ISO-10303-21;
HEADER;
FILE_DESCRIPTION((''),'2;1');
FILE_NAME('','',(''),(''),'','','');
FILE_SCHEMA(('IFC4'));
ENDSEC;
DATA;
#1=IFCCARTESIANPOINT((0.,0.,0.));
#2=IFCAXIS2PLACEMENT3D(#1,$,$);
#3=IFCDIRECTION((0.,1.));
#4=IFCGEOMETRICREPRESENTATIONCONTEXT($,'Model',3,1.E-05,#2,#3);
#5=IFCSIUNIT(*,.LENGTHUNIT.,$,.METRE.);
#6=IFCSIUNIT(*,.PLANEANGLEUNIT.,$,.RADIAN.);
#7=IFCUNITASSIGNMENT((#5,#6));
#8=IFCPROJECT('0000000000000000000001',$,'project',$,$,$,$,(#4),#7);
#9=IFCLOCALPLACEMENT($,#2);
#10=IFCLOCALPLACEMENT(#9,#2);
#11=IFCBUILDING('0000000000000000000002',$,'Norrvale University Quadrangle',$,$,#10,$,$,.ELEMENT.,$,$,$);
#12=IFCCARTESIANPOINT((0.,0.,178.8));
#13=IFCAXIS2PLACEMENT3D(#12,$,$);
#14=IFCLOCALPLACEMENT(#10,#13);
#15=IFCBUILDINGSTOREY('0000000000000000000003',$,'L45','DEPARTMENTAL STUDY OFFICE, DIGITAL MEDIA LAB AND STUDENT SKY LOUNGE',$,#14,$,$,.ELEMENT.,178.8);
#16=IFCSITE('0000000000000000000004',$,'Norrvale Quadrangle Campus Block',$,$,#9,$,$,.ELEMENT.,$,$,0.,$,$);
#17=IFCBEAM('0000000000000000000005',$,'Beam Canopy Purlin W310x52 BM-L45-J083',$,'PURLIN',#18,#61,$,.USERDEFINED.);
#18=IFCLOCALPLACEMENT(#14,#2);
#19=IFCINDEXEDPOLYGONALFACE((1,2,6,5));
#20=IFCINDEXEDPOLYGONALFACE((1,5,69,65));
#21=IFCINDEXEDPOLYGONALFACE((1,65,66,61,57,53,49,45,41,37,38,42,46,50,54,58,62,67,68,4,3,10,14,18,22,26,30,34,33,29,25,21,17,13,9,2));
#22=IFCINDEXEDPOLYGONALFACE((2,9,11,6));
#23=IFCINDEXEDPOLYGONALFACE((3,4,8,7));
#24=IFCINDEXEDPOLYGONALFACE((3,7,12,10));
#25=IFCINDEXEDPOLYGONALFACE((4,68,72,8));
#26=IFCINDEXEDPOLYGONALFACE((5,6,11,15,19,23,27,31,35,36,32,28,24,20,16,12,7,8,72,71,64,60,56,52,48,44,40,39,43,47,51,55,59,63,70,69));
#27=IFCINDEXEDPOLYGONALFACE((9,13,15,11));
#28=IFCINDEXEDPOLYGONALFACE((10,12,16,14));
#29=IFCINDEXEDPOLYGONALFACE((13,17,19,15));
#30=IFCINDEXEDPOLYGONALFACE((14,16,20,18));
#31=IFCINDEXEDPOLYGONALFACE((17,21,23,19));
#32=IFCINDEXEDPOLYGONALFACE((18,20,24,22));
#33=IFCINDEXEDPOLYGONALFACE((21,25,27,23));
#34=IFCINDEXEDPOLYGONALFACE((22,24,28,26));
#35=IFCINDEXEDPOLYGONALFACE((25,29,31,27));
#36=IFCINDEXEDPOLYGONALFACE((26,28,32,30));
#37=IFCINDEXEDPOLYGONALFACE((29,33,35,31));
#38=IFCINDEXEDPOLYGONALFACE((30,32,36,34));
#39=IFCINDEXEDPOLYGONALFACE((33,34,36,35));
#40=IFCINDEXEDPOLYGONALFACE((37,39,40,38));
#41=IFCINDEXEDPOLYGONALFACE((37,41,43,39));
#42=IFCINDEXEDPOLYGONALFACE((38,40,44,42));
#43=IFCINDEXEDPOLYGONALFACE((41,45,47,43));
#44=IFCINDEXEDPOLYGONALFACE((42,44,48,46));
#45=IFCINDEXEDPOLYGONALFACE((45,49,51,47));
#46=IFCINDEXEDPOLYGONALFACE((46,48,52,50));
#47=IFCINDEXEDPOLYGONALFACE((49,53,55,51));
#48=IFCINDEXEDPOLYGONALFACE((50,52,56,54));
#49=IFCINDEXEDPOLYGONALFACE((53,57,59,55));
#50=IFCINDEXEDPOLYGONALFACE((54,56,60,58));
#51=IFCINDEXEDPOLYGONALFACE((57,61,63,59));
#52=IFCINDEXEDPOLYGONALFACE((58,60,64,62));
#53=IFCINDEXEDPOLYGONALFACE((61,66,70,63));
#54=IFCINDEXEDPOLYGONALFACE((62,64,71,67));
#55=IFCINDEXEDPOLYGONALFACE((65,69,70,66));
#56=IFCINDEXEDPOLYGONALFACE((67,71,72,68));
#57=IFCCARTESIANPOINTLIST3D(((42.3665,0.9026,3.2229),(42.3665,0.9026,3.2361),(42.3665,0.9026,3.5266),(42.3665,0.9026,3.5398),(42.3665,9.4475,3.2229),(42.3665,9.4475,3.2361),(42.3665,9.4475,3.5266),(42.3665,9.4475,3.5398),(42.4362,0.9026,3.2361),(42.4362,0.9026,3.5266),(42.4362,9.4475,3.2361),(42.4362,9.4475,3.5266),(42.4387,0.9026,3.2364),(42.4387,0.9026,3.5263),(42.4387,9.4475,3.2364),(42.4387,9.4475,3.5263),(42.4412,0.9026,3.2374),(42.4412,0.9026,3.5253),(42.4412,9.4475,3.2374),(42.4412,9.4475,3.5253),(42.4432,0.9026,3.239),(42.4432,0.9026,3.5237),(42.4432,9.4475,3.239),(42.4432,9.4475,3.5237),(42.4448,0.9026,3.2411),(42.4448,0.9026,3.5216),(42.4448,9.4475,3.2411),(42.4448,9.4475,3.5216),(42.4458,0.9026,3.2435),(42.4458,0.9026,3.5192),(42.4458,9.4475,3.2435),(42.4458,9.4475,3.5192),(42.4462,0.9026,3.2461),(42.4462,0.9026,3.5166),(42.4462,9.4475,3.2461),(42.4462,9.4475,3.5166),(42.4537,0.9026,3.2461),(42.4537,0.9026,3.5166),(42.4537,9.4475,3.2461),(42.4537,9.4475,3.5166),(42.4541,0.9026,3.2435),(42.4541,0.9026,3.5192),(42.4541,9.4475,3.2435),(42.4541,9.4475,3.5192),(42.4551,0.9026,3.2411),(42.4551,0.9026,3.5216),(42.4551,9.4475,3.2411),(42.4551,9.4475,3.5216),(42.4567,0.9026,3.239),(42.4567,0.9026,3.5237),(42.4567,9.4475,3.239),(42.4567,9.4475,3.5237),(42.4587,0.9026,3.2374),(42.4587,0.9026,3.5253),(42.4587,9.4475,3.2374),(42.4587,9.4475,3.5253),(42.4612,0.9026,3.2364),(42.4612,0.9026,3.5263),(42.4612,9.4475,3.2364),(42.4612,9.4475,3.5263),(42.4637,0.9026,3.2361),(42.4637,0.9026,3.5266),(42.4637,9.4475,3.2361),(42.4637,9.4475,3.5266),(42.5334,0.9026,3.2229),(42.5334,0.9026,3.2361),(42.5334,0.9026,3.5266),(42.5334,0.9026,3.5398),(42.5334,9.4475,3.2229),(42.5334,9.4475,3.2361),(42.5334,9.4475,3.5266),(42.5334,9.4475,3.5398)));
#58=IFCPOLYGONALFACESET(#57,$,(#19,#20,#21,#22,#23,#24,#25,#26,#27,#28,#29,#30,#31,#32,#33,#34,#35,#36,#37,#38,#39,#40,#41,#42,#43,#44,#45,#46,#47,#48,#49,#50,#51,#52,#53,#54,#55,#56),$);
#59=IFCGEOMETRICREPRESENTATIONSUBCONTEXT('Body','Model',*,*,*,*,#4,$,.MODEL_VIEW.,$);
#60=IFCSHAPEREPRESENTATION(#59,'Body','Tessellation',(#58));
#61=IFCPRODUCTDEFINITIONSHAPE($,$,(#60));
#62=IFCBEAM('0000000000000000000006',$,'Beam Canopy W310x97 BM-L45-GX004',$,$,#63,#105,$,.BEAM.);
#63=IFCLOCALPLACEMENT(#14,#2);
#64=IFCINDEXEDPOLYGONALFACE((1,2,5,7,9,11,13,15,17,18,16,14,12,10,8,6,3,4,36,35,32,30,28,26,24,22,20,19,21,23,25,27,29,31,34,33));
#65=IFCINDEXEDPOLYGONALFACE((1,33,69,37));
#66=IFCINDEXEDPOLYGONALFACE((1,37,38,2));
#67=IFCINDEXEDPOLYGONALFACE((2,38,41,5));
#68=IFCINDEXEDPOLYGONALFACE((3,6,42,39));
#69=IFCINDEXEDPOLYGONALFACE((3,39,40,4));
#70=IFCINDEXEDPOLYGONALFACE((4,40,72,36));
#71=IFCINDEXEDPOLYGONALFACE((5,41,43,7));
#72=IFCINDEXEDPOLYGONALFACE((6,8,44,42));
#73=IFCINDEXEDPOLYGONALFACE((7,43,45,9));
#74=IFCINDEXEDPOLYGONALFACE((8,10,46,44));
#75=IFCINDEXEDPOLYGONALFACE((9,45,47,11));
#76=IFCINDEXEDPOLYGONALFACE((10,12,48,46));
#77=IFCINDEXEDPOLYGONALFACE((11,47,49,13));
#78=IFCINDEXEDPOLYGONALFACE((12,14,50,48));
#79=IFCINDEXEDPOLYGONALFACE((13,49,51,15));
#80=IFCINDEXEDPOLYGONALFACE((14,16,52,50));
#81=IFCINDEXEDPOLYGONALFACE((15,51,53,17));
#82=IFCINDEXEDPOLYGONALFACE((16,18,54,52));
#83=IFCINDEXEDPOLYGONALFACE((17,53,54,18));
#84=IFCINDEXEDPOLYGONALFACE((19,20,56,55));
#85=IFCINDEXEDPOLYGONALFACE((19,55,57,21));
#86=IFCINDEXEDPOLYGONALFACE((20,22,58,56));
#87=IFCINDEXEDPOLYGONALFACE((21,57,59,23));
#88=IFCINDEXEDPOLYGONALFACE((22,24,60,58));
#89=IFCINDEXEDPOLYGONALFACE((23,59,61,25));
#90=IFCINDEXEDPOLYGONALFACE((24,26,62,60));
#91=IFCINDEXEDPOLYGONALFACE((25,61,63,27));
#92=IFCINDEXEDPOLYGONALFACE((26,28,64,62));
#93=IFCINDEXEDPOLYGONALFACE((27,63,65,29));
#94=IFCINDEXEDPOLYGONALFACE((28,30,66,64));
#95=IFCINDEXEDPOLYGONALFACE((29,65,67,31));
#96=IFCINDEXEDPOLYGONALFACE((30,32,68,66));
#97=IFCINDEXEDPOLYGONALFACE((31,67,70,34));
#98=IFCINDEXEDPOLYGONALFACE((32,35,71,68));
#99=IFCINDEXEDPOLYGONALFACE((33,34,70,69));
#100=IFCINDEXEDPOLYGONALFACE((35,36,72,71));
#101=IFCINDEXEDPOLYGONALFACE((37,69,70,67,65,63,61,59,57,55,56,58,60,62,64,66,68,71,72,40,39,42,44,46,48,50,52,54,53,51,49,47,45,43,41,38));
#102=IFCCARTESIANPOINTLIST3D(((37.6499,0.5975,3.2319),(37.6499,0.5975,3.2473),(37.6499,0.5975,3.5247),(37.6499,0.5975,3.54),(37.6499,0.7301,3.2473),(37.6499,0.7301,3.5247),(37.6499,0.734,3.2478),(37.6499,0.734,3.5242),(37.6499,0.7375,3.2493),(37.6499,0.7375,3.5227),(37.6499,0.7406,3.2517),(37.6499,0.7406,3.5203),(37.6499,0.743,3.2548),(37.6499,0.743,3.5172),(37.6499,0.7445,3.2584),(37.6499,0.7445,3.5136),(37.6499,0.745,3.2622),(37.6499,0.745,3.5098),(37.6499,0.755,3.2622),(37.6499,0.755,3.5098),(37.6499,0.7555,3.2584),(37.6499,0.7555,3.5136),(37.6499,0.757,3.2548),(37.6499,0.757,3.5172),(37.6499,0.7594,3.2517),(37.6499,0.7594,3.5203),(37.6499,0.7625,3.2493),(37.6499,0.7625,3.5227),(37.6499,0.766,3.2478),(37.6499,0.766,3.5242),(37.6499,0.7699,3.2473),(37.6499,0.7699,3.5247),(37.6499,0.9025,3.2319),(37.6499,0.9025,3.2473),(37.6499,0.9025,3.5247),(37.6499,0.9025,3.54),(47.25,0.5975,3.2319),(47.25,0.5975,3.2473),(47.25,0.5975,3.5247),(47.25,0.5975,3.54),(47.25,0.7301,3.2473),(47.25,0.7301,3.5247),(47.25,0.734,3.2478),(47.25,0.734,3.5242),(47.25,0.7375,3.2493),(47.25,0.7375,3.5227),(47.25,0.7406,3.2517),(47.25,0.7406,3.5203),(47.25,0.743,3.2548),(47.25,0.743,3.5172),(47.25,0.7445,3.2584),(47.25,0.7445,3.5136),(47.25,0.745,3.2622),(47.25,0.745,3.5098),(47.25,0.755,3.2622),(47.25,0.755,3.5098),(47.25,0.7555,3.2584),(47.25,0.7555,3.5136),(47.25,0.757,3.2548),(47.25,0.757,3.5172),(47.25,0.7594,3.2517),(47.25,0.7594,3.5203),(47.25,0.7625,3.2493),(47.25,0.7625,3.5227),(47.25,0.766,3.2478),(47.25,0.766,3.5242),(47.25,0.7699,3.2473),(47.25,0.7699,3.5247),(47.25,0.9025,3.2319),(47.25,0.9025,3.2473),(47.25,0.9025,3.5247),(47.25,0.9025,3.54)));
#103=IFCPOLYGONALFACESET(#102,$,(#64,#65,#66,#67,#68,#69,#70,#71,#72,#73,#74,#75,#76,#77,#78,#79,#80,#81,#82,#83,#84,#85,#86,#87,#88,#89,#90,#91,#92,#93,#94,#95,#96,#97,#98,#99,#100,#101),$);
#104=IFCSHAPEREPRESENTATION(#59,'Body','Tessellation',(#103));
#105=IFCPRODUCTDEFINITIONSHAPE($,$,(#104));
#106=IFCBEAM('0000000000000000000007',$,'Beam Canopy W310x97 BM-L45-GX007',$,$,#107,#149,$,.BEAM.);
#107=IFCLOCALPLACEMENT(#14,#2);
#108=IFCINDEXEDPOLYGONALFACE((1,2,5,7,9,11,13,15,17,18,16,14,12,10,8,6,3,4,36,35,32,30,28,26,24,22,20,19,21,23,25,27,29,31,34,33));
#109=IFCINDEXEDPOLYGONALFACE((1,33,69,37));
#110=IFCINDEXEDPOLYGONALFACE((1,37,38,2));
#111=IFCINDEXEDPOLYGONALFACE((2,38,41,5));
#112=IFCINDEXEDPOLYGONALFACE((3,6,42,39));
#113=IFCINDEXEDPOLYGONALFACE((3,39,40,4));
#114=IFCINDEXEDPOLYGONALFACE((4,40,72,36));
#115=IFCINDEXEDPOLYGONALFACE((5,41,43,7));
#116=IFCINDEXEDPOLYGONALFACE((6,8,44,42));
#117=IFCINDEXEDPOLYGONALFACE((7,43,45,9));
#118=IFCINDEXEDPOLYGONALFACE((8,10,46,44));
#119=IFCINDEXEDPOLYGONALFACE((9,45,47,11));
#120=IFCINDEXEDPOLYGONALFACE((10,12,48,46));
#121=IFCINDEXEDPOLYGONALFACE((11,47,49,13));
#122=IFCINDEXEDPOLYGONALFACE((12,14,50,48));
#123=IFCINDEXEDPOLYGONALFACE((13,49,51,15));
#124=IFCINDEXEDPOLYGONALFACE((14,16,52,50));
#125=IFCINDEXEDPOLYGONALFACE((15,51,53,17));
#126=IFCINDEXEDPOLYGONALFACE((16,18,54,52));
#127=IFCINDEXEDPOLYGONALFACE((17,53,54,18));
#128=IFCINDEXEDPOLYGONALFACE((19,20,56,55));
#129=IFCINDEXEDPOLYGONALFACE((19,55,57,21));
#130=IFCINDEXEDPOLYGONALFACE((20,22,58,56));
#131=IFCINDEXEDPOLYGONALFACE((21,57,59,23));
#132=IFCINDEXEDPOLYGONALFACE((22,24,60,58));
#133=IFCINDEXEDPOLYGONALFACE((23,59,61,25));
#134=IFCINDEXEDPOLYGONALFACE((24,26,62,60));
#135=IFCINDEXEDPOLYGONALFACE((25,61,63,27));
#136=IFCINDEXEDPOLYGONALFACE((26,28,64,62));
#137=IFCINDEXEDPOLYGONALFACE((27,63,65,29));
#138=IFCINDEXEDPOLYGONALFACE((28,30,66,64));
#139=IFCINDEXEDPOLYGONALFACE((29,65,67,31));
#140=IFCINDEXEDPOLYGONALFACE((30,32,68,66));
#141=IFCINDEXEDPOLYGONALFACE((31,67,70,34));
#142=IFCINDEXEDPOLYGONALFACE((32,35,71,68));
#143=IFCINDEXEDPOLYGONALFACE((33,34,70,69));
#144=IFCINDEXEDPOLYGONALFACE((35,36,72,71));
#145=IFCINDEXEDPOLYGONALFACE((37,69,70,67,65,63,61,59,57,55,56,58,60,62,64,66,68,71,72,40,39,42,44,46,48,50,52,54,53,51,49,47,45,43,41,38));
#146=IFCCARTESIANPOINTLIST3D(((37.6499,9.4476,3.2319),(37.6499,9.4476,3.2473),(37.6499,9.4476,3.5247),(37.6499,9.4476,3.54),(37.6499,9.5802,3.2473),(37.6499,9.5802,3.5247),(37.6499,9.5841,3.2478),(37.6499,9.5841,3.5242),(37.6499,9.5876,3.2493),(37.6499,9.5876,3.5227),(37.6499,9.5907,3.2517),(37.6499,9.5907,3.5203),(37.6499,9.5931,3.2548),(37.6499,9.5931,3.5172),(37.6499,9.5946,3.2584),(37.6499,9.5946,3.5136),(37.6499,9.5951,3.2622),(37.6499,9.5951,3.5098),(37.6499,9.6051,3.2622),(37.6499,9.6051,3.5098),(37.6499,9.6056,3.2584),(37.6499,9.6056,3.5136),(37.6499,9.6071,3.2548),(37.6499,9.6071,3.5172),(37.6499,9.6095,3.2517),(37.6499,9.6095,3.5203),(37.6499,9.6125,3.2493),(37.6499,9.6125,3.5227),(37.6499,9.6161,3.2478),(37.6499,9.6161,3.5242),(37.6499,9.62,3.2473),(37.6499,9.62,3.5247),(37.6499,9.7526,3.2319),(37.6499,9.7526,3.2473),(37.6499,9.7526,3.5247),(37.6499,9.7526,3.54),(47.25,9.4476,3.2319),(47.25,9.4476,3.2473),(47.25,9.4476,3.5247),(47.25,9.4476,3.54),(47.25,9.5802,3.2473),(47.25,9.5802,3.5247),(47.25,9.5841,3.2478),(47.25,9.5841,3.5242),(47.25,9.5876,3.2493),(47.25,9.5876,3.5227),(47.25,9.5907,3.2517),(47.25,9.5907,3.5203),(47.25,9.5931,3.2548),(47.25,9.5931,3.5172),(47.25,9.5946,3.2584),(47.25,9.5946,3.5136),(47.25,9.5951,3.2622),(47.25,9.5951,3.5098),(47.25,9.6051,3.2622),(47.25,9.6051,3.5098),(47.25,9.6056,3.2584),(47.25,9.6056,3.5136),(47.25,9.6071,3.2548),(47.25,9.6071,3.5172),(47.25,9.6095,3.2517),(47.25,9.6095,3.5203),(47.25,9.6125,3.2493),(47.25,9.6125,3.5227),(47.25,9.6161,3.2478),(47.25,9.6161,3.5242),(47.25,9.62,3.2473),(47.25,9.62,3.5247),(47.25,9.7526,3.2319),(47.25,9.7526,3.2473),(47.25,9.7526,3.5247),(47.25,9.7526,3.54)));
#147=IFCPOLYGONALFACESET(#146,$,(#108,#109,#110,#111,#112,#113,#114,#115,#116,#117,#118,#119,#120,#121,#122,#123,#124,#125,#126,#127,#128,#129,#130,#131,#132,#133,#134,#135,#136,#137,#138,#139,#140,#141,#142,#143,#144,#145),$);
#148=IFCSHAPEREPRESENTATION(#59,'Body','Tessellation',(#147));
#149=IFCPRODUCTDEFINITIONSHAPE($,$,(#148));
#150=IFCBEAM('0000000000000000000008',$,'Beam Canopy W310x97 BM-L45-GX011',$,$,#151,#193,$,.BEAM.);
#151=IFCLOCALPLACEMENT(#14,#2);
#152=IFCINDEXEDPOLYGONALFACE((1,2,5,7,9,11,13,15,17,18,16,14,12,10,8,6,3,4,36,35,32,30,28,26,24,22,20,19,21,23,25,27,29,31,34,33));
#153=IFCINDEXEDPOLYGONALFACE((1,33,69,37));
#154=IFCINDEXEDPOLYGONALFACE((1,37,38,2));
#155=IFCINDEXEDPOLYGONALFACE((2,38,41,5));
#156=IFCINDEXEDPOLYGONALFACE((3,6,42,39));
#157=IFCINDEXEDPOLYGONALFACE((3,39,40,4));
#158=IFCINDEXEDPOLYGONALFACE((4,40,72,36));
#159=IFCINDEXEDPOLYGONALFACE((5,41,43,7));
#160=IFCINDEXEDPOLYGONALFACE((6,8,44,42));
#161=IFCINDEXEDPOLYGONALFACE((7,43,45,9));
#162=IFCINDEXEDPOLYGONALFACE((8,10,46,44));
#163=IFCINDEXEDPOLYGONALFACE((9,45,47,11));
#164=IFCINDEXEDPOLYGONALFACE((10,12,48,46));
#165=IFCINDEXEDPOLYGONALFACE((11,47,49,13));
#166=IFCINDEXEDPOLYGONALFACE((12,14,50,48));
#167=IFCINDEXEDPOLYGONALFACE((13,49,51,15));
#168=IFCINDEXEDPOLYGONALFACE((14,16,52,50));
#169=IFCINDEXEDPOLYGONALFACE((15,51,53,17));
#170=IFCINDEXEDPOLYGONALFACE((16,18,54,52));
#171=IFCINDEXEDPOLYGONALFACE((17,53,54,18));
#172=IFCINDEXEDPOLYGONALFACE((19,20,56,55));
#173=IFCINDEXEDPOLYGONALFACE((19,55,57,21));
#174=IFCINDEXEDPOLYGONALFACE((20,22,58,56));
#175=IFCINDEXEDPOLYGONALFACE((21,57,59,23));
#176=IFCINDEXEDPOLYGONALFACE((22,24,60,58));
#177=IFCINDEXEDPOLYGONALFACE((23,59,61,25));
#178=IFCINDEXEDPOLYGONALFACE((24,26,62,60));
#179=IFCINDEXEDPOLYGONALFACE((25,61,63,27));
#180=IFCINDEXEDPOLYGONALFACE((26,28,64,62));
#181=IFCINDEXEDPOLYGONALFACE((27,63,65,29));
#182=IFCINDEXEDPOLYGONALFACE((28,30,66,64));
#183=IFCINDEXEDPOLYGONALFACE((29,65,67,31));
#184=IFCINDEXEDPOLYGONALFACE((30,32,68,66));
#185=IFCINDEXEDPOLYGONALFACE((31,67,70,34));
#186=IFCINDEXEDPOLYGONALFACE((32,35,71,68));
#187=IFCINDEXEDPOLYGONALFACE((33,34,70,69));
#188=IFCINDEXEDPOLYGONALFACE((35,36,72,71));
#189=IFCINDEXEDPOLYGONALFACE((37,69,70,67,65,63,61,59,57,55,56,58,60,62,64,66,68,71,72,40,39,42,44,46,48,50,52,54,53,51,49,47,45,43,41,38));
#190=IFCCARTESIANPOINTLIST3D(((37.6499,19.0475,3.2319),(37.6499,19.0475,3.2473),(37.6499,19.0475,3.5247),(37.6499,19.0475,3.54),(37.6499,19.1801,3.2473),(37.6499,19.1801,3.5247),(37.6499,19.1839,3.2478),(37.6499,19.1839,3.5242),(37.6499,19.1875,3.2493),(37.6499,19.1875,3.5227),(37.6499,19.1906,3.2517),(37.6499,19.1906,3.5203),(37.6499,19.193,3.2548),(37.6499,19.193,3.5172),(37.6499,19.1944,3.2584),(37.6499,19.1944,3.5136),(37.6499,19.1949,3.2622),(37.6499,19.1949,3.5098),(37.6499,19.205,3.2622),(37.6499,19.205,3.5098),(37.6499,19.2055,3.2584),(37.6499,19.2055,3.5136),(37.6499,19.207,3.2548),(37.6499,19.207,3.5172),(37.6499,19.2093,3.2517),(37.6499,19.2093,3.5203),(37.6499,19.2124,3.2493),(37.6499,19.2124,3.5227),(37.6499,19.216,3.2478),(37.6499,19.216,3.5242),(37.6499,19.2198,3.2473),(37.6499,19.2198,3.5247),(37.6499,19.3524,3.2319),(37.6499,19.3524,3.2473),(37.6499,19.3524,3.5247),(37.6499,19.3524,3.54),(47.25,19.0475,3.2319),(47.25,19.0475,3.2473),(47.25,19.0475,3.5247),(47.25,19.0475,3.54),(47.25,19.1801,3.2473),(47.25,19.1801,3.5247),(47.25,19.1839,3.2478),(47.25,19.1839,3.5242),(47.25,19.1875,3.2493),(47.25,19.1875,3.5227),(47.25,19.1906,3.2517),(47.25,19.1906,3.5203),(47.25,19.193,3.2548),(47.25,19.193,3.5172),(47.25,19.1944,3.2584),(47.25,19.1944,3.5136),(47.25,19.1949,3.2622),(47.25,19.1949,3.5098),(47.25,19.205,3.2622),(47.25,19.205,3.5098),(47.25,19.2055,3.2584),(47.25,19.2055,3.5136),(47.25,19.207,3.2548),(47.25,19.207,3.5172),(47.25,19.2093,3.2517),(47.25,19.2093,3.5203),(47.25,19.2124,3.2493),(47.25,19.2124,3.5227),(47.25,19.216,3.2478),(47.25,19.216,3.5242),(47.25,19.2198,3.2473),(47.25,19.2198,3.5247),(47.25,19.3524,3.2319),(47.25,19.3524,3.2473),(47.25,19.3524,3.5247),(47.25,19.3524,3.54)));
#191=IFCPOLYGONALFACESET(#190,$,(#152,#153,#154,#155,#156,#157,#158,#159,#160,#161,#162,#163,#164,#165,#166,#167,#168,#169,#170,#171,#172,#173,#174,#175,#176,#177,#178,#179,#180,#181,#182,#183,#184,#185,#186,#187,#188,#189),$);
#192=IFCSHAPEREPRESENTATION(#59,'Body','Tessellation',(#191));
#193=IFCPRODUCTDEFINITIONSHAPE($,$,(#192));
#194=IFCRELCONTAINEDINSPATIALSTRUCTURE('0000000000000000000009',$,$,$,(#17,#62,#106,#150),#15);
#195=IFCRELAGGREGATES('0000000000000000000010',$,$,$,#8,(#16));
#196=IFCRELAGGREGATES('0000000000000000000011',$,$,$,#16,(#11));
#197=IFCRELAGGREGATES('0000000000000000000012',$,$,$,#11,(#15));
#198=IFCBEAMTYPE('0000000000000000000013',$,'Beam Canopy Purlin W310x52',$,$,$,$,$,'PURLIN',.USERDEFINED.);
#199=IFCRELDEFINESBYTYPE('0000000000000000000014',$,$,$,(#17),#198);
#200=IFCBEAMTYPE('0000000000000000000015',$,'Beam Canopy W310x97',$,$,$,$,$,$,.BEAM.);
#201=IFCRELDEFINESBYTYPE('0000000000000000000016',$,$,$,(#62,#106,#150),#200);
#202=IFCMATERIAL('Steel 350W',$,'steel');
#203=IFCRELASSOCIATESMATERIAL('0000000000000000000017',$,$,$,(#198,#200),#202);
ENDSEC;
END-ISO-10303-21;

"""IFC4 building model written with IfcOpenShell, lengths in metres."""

from ifc_helpers import new_model, si_unit, direction, frame, origin, origin_2d, place, context, subcontext, project, spatial, i_section, extrude, material, material_profile, profile_set, type_object, element, save


model = new_model("IFC4")

# Units and contexts
model_context = context("Model", 3, precision=1e-05, world=origin(), true_north=direction((0.0, 1.0)))
body_context = subcontext(model_context, "Body", "Model", "MODEL_VIEW")
ifc_project = project(units=[si_unit("LENGTHUNIT", "METRE"), si_unit("PLANEANGLEUNIT", "RADIAN")], contexts=[model_context])

# Site, building, storey
site_placement = place(None, origin())
site = spatial("IfcSite", under=ifc_project, at=site_placement, Name="Norrvale Quadrangle Campus Block", CompositionType="ELEMENT", RefElevation=0.0)
building_placement = place(site_placement, origin())
building = spatial("IfcBuilding", under=site, at=building_placement, Name="Norrvale University Quadrangle", CompositionType="ELEMENT")
storey_placement = place(building_placement, frame((0.0, 0.0, 178.8)))
storey = spatial("IfcBuildingStorey", under=building, at=storey_placement, Name="L45", Description="DEPARTMENTAL STUDY OFFICE, DIGITAL MEDIA LAB AND STUDENT SKY LOUNGE", CompositionType="ELEMENT", Elevation=178.8)

# Beams
ifc_material_1 = material(Name="Steel 350W", Category="steel")
ifc_material_profile_1 = material_profile(ifc_material_1, i_section(OverallWidth=0.167, OverallDepth=0.3169, WebThickness=0.0076, FlangeThickness=0.0132, FilletRadius=0.01, at=origin_2d()), Name="Steel 350W")
ifc_profile_set_1 = profile_set([ifc_material_profile_1], Name="Steel 350W")
beam_type_1 = type_object("IfcBeamType", Name="Beam Canopy Purlin W310x52", ElementType="PURLIN", PredefinedType="USERDEFINED", material=ifc_profile_set_1)
beam_1_placement = place(storey_placement, frame((42.45, 0.9026, 3.3813), z_axis=(0.0, 1.0, 0.0), x_axis=(-1.0, 0.0, 0.0)))
element("IfcBeam", 1, at=beam_1_placement, inside=storey, type_object=beam_type_1, Name="Beam Canopy Purlin W310x52 BM-L45-J083", ObjectType="PURLIN", PredefinedType="USERDEFINED", context=body_context, shape_type="SweptSolid", body=[
    extrude(i_section(OverallWidth=0.167, OverallDepth=0.3169, WebThickness=0.0076, FlangeThickness=0.0132, FilletRadius=0.01, at=origin_2d()), origin(), (0.0, 0.0, 1.0), 8.5449),
])
ifc_material_profile_2 = material_profile(ifc_material_1, i_section(OverallWidth=0.3049, OverallDepth=0.3081, WebThickness=0.01, FlangeThickness=0.0154, FilletRadius=0.0149, at=origin_2d()), Name="Steel 350W")
ifc_profile_set_2 = profile_set([ifc_material_profile_2], Name="Steel 350W")
beam_type_2 = type_object("IfcBeamType", Name="Beam Canopy W310x97", PredefinedType="BEAM", material=ifc_profile_set_2)
for number, where, z_axis, x_axis, name in (
    (2, (37.6499, 0.75, 3.386), (1.0, 0.0, 0.0), (0.0, 1.0, 0.0), "Beam Canopy W310x97 BM-L45-GX004"),
    (3, (37.6499, 9.6001, 3.386), (1.0, 0.0, 0.0), (0.0, 1.0, 0.0), "Beam Canopy W310x97 BM-L45-GX007"),
    (4, (37.6499, 19.2, 3.386), (1.0, 0.0, 0.0), (0.0, 1.0, 0.0), "Beam Canopy W310x97 BM-L45-GX011"),
):
    element("IfcBeam", number, at=place(storey_placement, frame(where, z_axis=z_axis, x_axis=x_axis)), inside=storey, type_object=beam_type_2, Name=name, PredefinedType="BEAM", context=body_context, shape_type="SweptSolid", body=[
        extrude(i_section(OverallWidth=0.3049, OverallDepth=0.3081, WebThickness=0.01, FlangeThickness=0.0154, FilletRadius=0.0149, at=origin_2d()), origin(), (0.0, 0.0, 1.0), 9.6001),
    ])

save(model, "model.ifc")
